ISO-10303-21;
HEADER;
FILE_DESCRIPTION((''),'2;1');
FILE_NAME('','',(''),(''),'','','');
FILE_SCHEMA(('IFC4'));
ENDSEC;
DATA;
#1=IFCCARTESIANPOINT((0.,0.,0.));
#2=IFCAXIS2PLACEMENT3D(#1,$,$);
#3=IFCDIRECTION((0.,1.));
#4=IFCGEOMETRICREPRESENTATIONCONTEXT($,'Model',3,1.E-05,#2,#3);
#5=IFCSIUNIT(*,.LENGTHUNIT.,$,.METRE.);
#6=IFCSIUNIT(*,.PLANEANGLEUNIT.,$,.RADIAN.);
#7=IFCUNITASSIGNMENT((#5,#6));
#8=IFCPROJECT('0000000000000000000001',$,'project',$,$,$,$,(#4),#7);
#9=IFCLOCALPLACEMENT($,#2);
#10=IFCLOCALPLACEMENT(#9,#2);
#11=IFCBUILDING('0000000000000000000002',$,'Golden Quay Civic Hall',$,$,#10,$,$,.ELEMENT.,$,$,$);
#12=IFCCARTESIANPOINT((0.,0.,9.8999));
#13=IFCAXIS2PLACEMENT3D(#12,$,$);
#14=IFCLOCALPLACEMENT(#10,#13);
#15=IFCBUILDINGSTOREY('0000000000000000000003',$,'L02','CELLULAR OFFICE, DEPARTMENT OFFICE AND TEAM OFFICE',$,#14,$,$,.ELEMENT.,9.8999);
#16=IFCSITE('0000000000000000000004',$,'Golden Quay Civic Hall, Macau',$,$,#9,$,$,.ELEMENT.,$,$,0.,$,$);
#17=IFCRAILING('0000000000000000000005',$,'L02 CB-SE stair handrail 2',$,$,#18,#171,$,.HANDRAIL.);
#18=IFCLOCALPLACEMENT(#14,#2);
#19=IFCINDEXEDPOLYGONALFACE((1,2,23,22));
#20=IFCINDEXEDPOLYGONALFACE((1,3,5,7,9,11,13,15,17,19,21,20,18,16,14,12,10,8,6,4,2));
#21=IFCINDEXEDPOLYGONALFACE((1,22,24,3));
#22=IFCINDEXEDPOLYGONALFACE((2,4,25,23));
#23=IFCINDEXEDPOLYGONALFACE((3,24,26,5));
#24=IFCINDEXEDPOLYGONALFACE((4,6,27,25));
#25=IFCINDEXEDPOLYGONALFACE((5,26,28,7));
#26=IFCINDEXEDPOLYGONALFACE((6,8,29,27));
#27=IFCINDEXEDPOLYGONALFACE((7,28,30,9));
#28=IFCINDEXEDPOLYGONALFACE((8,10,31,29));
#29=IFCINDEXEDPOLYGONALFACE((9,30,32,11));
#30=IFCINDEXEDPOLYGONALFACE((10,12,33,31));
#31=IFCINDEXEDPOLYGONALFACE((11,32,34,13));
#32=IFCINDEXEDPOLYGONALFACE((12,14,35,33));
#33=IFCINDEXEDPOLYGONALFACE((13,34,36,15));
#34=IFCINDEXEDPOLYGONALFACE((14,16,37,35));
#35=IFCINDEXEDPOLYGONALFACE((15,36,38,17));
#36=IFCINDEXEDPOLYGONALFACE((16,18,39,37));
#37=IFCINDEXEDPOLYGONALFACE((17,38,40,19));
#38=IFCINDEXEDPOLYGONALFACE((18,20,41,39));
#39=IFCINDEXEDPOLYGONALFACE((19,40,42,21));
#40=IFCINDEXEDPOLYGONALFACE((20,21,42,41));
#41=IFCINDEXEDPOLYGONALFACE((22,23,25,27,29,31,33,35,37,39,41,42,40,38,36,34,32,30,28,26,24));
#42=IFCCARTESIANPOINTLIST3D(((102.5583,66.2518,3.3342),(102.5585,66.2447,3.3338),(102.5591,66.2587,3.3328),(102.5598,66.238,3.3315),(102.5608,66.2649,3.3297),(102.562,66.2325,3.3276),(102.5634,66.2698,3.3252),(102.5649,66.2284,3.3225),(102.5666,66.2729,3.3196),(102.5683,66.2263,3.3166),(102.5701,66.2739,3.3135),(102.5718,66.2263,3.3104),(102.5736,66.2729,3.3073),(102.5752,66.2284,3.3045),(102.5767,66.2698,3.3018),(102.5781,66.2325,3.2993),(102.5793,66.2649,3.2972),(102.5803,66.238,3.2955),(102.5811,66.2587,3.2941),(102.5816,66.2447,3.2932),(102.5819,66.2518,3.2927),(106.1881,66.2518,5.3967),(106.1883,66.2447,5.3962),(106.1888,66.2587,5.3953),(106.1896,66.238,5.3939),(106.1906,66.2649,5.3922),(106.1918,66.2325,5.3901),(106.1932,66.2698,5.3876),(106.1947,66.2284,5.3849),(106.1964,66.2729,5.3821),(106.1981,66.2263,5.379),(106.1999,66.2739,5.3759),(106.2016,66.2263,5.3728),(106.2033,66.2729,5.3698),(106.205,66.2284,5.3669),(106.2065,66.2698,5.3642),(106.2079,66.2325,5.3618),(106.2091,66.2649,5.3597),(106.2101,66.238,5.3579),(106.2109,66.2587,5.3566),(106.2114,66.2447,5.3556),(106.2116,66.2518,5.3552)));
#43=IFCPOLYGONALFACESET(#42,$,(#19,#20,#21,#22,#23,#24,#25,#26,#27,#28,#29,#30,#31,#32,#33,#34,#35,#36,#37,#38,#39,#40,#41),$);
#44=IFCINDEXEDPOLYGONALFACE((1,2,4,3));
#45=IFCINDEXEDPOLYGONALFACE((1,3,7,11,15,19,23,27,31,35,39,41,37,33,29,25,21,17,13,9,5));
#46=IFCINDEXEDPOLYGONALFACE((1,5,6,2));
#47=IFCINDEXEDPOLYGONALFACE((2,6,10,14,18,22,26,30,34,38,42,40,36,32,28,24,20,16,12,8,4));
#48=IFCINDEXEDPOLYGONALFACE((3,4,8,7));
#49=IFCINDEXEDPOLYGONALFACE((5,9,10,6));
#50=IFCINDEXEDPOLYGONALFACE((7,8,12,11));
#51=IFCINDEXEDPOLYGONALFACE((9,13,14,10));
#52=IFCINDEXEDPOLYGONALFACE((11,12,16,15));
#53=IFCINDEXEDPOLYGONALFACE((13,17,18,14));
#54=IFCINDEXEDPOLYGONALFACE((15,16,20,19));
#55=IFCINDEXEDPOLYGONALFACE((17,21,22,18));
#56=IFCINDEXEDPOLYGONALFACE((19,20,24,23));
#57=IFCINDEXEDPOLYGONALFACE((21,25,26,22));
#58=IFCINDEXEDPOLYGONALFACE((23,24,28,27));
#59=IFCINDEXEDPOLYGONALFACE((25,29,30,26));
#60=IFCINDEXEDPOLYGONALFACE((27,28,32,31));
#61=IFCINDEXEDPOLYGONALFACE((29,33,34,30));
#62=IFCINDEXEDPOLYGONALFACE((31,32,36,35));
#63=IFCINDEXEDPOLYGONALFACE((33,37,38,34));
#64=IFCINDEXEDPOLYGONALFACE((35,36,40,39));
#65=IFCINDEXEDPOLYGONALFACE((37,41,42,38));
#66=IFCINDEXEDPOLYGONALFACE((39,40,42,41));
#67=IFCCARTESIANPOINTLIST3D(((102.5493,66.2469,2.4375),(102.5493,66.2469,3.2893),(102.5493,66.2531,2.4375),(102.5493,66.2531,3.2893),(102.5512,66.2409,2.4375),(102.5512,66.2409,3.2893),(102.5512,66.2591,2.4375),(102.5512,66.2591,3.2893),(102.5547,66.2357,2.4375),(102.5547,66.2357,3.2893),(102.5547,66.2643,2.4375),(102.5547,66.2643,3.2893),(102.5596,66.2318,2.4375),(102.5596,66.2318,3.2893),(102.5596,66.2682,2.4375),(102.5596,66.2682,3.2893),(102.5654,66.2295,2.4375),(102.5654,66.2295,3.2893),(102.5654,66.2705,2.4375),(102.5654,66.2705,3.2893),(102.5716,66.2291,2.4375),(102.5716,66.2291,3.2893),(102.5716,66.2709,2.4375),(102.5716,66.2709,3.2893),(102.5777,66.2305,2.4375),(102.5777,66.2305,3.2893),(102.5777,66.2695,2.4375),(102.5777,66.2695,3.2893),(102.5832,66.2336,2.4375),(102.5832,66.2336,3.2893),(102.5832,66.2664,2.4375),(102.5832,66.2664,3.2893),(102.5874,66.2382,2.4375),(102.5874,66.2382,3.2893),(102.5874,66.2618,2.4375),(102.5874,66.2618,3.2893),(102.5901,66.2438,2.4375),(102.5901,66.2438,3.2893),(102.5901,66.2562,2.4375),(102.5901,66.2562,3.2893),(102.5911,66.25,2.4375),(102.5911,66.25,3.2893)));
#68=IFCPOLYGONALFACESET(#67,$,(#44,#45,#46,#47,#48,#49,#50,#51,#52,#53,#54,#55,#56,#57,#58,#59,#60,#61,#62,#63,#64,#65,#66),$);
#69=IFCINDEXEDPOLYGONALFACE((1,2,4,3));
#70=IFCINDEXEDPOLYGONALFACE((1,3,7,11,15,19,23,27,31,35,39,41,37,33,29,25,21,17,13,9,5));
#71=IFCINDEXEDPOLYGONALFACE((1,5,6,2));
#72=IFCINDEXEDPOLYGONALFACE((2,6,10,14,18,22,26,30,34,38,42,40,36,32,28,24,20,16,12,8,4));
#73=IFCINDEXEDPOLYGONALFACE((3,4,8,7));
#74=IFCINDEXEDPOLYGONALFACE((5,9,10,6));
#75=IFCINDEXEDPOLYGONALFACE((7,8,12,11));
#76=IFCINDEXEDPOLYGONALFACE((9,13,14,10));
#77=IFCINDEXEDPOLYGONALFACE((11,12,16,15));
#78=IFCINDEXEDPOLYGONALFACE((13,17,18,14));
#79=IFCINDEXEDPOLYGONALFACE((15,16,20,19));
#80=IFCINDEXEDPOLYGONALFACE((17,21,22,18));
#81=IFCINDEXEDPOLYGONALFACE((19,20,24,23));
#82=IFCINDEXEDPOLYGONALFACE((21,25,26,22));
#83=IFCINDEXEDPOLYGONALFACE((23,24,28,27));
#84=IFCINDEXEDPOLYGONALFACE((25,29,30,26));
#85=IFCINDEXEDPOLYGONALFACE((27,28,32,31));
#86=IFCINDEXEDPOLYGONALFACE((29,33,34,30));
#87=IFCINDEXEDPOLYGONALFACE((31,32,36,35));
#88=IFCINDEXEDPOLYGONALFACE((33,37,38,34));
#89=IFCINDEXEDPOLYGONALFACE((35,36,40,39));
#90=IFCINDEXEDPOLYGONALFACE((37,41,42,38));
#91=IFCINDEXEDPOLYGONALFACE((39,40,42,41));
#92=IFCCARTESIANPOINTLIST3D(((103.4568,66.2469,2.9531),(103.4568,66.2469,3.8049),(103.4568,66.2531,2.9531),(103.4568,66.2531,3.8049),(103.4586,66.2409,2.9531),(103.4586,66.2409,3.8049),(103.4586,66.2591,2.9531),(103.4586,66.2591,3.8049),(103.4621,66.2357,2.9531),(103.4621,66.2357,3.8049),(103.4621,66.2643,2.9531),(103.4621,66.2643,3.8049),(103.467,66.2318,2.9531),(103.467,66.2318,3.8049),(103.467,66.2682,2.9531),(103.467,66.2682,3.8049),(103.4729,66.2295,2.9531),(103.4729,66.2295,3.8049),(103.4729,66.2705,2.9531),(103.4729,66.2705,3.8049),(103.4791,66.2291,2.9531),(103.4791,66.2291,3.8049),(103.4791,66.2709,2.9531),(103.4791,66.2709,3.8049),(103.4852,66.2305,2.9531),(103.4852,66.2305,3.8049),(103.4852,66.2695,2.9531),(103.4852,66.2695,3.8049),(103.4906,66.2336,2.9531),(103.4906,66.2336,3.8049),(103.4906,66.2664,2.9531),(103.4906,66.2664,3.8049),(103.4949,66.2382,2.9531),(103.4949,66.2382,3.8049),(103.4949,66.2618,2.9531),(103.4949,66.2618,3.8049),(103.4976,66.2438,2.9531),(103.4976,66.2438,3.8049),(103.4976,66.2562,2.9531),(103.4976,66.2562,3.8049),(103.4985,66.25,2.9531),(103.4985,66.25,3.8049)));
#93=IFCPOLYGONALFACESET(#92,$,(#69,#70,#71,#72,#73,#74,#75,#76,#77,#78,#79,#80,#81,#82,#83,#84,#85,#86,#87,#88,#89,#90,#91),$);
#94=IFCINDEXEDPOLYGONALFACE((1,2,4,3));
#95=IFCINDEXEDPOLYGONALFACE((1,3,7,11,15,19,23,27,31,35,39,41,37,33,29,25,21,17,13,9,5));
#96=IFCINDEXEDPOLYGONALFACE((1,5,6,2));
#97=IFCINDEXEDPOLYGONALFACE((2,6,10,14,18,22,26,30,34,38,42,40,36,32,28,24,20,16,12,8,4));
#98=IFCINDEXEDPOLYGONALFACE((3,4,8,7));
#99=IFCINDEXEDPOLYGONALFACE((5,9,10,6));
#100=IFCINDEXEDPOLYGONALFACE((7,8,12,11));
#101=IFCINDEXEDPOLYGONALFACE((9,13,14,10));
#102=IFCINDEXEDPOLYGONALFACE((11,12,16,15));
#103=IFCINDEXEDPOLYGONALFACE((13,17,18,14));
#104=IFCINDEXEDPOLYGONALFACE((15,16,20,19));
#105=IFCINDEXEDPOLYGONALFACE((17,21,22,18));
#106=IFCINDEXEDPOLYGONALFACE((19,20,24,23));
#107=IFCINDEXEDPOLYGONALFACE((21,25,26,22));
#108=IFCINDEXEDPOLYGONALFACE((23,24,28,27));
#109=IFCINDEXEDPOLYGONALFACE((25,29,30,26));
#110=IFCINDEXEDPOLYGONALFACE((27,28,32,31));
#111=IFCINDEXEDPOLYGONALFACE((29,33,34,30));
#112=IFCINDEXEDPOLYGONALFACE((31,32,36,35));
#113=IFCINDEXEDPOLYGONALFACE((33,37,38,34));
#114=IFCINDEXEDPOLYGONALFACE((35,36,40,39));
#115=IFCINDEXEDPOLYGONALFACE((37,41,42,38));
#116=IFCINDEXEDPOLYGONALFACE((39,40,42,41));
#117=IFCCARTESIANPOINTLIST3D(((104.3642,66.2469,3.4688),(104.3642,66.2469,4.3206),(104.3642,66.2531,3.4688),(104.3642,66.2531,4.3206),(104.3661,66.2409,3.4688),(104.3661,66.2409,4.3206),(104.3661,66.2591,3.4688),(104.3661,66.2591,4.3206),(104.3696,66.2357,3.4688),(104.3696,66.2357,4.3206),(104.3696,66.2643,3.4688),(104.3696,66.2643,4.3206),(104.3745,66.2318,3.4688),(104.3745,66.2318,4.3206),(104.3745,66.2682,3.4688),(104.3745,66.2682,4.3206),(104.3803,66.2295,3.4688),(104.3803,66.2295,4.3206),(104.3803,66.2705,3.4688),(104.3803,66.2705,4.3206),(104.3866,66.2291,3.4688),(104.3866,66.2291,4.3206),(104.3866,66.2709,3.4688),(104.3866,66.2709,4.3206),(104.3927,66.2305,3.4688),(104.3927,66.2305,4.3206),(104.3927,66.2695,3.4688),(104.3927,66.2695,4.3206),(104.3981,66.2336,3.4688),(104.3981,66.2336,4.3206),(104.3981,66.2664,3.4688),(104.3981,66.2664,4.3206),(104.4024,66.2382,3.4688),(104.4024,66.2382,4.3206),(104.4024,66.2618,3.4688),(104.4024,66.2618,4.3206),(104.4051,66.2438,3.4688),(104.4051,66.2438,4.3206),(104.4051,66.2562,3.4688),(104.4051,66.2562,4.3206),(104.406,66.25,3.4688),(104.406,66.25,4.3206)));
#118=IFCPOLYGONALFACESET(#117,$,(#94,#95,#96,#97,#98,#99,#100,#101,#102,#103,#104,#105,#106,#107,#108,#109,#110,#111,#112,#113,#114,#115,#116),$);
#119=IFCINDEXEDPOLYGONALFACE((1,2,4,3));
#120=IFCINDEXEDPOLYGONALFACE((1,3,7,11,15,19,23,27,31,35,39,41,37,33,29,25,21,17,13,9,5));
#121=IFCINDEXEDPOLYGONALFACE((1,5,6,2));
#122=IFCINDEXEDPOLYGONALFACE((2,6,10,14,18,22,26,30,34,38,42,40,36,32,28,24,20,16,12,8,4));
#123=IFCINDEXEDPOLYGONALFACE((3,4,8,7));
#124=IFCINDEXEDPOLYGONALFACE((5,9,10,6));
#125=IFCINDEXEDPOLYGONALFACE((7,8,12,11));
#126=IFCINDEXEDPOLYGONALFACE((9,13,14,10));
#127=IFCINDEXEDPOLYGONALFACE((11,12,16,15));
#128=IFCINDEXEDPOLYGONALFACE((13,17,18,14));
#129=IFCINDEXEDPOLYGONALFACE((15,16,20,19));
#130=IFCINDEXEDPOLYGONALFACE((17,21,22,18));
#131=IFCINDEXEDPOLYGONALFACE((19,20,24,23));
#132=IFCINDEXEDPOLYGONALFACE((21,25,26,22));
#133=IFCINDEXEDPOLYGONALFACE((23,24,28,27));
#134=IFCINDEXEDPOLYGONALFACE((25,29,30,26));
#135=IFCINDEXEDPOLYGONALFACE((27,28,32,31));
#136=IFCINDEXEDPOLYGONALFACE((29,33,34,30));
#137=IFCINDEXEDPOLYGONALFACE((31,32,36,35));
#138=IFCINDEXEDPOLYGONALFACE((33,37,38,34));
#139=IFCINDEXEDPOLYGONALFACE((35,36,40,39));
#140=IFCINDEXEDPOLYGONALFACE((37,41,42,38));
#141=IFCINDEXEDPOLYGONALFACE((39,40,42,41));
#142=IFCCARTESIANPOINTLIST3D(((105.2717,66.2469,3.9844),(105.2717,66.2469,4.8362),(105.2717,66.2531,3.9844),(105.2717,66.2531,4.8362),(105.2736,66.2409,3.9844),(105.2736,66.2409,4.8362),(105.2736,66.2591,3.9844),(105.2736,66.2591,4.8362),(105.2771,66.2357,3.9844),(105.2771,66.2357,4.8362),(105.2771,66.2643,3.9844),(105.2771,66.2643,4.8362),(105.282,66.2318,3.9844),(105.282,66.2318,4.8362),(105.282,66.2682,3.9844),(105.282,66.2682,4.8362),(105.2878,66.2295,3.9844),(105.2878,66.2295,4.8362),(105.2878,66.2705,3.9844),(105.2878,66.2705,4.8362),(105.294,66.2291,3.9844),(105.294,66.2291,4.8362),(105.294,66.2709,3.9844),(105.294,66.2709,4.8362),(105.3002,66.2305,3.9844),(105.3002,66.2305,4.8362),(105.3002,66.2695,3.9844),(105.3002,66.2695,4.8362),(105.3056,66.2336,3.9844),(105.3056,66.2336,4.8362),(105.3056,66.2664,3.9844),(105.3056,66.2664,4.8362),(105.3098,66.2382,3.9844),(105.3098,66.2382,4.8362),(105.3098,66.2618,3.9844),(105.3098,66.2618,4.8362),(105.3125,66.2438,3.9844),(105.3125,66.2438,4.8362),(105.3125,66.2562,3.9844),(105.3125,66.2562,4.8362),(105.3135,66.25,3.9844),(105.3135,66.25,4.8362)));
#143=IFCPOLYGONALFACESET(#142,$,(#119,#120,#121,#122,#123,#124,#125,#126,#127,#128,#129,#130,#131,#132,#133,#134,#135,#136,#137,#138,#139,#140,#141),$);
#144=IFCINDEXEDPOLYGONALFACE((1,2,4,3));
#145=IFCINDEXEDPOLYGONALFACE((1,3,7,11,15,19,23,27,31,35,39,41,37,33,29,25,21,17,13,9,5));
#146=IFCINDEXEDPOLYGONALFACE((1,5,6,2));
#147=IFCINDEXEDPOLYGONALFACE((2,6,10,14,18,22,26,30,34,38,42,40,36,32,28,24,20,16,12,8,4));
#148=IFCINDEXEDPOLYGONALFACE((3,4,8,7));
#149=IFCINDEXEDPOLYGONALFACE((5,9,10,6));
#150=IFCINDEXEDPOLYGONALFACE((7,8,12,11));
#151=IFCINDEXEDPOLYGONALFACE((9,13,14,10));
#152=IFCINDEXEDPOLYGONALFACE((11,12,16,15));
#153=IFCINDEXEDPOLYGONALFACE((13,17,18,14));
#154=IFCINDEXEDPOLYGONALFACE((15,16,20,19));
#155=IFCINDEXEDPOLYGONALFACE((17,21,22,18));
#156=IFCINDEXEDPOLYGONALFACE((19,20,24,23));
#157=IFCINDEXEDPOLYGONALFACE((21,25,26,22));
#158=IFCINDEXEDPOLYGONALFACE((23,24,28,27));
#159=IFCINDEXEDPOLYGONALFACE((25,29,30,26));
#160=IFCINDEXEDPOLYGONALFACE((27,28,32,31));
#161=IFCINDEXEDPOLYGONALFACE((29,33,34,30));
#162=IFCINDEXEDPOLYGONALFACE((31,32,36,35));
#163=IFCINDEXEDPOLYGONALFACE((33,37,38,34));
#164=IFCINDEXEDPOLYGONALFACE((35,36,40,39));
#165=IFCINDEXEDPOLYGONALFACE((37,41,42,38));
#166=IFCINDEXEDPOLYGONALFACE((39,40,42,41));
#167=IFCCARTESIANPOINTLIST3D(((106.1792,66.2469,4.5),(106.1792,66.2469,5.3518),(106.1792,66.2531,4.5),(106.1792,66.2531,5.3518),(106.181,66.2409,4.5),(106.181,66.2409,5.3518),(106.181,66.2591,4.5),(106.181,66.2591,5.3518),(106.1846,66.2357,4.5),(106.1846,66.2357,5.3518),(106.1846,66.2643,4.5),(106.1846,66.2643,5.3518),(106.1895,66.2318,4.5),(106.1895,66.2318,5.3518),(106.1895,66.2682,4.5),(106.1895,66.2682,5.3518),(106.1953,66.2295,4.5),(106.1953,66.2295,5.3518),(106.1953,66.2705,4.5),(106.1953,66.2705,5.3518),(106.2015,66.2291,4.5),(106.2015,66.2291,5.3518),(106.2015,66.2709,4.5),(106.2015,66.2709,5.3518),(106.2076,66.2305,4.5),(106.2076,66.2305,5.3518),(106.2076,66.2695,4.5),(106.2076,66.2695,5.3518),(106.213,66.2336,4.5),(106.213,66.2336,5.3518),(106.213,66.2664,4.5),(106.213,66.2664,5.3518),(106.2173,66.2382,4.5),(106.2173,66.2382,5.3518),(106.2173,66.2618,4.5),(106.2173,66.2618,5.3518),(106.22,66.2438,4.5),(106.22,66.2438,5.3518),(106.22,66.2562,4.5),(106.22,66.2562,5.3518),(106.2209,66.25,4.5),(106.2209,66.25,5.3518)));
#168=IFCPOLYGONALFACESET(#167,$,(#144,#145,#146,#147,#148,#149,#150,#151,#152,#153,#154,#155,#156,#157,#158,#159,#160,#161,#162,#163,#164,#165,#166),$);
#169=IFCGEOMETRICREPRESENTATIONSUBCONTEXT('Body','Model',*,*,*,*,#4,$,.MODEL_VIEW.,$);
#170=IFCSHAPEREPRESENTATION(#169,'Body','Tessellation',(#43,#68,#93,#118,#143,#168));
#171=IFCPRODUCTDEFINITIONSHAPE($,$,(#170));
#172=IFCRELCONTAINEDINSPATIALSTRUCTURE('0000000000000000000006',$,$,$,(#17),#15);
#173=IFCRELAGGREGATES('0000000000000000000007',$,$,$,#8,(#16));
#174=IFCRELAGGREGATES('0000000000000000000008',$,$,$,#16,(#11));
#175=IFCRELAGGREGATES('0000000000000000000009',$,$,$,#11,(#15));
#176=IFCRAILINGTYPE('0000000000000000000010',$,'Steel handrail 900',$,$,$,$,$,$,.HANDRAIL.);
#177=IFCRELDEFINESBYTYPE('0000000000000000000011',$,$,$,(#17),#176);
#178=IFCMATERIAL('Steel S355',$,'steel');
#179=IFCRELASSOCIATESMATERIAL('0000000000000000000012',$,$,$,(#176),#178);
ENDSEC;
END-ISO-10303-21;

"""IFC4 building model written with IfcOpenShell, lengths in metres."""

from ifc_helpers import new_model, si_unit, direction, frame, origin, origin_2d, place, context, subcontext, project, spatial, circle, extrude, material, type_object, element, save


model = new_model("IFC4")

# Units and contexts
model_context = context("Model", 3, precision=1e-05, world=origin(), true_north=direction((0.0, 1.0)))
body_context = subcontext(model_context, "Body", "Model", "MODEL_VIEW")
ifc_project = project(units=[si_unit("LENGTHUNIT", "METRE"), si_unit("PLANEANGLEUNIT", "RADIAN")], contexts=[model_context])

# Site, building, storey
site_placement = place(None, origin())
site = spatial("IfcSite", under=ifc_project, at=site_placement, Name="Golden Quay Civic Hall, Macau", CompositionType="ELEMENT", RefElevation=0.0)
building_placement = place(site_placement, origin())
building = spatial("IfcBuilding", under=site, at=building_placement, Name="Golden Quay Civic Hall", CompositionType="ELEMENT")
storey_placement = place(building_placement, frame((0.0, 0.0, 9.8999)))
storey = spatial("IfcBuildingStorey", under=building, at=storey_placement, Name="L02", Description="CELLULAR OFFICE, DEPARTMENT OFFICE AND TEAM OFFICE", CompositionType="ELEMENT", Elevation=9.8999)

# Railing
ifc_material_1 = material(Name="Steel S355", Category="steel")
railing_type_1 = type_object("IfcRailingType", Name="Steel handrail 900", PredefinedType="HANDRAIL", material=ifc_material_1)
railing_1_placement = place(storey_placement, frame((102.5701, 66.25, 2.4375)))
element("IfcRailing", 1, at=railing_1_placement, inside=storey, type_object=railing_type_1, Name="L02 CB-SE stair handrail 2", PredefinedType="HANDRAIL", context=body_context, shape_type="SweptSolid", body=[
    extrude(circle(Radius=0.0239, at=origin_2d()), frame((0.0, 0.0, 0.876), z_axis=(0.86945, 0.0, 0.494021), x_axis=(0.0, 1.0, 0.0)), (0.0, 0.0, 1.0), 4.1748),
    extrude(circle(Radius=0.021, at=origin_2d()), origin(), (0.0, 0.0, 1.0), 0.8518),
    extrude(circle(Radius=0.021, at=origin_2d()), frame((0.9075, 0.0, 0.5156)), (0.0, 0.0, 1.0), 0.8518),
    extrude(circle(Radius=0.021, at=origin_2d()), frame((1.8149, 0.0, 1.0312)), (0.0, 0.0, 1.0), 0.8518),
    extrude(circle(Radius=0.021, at=origin_2d()), frame((2.7224, 0.0, 1.5469)), (0.0, 0.0, 1.0), 0.8518),
    extrude(circle(Radius=0.021, at=origin_2d()), frame((3.6299, 0.0, 2.0625)), (0.0, 0.0, 1.0), 0.8518),
])

save(model, "model.ifc")
